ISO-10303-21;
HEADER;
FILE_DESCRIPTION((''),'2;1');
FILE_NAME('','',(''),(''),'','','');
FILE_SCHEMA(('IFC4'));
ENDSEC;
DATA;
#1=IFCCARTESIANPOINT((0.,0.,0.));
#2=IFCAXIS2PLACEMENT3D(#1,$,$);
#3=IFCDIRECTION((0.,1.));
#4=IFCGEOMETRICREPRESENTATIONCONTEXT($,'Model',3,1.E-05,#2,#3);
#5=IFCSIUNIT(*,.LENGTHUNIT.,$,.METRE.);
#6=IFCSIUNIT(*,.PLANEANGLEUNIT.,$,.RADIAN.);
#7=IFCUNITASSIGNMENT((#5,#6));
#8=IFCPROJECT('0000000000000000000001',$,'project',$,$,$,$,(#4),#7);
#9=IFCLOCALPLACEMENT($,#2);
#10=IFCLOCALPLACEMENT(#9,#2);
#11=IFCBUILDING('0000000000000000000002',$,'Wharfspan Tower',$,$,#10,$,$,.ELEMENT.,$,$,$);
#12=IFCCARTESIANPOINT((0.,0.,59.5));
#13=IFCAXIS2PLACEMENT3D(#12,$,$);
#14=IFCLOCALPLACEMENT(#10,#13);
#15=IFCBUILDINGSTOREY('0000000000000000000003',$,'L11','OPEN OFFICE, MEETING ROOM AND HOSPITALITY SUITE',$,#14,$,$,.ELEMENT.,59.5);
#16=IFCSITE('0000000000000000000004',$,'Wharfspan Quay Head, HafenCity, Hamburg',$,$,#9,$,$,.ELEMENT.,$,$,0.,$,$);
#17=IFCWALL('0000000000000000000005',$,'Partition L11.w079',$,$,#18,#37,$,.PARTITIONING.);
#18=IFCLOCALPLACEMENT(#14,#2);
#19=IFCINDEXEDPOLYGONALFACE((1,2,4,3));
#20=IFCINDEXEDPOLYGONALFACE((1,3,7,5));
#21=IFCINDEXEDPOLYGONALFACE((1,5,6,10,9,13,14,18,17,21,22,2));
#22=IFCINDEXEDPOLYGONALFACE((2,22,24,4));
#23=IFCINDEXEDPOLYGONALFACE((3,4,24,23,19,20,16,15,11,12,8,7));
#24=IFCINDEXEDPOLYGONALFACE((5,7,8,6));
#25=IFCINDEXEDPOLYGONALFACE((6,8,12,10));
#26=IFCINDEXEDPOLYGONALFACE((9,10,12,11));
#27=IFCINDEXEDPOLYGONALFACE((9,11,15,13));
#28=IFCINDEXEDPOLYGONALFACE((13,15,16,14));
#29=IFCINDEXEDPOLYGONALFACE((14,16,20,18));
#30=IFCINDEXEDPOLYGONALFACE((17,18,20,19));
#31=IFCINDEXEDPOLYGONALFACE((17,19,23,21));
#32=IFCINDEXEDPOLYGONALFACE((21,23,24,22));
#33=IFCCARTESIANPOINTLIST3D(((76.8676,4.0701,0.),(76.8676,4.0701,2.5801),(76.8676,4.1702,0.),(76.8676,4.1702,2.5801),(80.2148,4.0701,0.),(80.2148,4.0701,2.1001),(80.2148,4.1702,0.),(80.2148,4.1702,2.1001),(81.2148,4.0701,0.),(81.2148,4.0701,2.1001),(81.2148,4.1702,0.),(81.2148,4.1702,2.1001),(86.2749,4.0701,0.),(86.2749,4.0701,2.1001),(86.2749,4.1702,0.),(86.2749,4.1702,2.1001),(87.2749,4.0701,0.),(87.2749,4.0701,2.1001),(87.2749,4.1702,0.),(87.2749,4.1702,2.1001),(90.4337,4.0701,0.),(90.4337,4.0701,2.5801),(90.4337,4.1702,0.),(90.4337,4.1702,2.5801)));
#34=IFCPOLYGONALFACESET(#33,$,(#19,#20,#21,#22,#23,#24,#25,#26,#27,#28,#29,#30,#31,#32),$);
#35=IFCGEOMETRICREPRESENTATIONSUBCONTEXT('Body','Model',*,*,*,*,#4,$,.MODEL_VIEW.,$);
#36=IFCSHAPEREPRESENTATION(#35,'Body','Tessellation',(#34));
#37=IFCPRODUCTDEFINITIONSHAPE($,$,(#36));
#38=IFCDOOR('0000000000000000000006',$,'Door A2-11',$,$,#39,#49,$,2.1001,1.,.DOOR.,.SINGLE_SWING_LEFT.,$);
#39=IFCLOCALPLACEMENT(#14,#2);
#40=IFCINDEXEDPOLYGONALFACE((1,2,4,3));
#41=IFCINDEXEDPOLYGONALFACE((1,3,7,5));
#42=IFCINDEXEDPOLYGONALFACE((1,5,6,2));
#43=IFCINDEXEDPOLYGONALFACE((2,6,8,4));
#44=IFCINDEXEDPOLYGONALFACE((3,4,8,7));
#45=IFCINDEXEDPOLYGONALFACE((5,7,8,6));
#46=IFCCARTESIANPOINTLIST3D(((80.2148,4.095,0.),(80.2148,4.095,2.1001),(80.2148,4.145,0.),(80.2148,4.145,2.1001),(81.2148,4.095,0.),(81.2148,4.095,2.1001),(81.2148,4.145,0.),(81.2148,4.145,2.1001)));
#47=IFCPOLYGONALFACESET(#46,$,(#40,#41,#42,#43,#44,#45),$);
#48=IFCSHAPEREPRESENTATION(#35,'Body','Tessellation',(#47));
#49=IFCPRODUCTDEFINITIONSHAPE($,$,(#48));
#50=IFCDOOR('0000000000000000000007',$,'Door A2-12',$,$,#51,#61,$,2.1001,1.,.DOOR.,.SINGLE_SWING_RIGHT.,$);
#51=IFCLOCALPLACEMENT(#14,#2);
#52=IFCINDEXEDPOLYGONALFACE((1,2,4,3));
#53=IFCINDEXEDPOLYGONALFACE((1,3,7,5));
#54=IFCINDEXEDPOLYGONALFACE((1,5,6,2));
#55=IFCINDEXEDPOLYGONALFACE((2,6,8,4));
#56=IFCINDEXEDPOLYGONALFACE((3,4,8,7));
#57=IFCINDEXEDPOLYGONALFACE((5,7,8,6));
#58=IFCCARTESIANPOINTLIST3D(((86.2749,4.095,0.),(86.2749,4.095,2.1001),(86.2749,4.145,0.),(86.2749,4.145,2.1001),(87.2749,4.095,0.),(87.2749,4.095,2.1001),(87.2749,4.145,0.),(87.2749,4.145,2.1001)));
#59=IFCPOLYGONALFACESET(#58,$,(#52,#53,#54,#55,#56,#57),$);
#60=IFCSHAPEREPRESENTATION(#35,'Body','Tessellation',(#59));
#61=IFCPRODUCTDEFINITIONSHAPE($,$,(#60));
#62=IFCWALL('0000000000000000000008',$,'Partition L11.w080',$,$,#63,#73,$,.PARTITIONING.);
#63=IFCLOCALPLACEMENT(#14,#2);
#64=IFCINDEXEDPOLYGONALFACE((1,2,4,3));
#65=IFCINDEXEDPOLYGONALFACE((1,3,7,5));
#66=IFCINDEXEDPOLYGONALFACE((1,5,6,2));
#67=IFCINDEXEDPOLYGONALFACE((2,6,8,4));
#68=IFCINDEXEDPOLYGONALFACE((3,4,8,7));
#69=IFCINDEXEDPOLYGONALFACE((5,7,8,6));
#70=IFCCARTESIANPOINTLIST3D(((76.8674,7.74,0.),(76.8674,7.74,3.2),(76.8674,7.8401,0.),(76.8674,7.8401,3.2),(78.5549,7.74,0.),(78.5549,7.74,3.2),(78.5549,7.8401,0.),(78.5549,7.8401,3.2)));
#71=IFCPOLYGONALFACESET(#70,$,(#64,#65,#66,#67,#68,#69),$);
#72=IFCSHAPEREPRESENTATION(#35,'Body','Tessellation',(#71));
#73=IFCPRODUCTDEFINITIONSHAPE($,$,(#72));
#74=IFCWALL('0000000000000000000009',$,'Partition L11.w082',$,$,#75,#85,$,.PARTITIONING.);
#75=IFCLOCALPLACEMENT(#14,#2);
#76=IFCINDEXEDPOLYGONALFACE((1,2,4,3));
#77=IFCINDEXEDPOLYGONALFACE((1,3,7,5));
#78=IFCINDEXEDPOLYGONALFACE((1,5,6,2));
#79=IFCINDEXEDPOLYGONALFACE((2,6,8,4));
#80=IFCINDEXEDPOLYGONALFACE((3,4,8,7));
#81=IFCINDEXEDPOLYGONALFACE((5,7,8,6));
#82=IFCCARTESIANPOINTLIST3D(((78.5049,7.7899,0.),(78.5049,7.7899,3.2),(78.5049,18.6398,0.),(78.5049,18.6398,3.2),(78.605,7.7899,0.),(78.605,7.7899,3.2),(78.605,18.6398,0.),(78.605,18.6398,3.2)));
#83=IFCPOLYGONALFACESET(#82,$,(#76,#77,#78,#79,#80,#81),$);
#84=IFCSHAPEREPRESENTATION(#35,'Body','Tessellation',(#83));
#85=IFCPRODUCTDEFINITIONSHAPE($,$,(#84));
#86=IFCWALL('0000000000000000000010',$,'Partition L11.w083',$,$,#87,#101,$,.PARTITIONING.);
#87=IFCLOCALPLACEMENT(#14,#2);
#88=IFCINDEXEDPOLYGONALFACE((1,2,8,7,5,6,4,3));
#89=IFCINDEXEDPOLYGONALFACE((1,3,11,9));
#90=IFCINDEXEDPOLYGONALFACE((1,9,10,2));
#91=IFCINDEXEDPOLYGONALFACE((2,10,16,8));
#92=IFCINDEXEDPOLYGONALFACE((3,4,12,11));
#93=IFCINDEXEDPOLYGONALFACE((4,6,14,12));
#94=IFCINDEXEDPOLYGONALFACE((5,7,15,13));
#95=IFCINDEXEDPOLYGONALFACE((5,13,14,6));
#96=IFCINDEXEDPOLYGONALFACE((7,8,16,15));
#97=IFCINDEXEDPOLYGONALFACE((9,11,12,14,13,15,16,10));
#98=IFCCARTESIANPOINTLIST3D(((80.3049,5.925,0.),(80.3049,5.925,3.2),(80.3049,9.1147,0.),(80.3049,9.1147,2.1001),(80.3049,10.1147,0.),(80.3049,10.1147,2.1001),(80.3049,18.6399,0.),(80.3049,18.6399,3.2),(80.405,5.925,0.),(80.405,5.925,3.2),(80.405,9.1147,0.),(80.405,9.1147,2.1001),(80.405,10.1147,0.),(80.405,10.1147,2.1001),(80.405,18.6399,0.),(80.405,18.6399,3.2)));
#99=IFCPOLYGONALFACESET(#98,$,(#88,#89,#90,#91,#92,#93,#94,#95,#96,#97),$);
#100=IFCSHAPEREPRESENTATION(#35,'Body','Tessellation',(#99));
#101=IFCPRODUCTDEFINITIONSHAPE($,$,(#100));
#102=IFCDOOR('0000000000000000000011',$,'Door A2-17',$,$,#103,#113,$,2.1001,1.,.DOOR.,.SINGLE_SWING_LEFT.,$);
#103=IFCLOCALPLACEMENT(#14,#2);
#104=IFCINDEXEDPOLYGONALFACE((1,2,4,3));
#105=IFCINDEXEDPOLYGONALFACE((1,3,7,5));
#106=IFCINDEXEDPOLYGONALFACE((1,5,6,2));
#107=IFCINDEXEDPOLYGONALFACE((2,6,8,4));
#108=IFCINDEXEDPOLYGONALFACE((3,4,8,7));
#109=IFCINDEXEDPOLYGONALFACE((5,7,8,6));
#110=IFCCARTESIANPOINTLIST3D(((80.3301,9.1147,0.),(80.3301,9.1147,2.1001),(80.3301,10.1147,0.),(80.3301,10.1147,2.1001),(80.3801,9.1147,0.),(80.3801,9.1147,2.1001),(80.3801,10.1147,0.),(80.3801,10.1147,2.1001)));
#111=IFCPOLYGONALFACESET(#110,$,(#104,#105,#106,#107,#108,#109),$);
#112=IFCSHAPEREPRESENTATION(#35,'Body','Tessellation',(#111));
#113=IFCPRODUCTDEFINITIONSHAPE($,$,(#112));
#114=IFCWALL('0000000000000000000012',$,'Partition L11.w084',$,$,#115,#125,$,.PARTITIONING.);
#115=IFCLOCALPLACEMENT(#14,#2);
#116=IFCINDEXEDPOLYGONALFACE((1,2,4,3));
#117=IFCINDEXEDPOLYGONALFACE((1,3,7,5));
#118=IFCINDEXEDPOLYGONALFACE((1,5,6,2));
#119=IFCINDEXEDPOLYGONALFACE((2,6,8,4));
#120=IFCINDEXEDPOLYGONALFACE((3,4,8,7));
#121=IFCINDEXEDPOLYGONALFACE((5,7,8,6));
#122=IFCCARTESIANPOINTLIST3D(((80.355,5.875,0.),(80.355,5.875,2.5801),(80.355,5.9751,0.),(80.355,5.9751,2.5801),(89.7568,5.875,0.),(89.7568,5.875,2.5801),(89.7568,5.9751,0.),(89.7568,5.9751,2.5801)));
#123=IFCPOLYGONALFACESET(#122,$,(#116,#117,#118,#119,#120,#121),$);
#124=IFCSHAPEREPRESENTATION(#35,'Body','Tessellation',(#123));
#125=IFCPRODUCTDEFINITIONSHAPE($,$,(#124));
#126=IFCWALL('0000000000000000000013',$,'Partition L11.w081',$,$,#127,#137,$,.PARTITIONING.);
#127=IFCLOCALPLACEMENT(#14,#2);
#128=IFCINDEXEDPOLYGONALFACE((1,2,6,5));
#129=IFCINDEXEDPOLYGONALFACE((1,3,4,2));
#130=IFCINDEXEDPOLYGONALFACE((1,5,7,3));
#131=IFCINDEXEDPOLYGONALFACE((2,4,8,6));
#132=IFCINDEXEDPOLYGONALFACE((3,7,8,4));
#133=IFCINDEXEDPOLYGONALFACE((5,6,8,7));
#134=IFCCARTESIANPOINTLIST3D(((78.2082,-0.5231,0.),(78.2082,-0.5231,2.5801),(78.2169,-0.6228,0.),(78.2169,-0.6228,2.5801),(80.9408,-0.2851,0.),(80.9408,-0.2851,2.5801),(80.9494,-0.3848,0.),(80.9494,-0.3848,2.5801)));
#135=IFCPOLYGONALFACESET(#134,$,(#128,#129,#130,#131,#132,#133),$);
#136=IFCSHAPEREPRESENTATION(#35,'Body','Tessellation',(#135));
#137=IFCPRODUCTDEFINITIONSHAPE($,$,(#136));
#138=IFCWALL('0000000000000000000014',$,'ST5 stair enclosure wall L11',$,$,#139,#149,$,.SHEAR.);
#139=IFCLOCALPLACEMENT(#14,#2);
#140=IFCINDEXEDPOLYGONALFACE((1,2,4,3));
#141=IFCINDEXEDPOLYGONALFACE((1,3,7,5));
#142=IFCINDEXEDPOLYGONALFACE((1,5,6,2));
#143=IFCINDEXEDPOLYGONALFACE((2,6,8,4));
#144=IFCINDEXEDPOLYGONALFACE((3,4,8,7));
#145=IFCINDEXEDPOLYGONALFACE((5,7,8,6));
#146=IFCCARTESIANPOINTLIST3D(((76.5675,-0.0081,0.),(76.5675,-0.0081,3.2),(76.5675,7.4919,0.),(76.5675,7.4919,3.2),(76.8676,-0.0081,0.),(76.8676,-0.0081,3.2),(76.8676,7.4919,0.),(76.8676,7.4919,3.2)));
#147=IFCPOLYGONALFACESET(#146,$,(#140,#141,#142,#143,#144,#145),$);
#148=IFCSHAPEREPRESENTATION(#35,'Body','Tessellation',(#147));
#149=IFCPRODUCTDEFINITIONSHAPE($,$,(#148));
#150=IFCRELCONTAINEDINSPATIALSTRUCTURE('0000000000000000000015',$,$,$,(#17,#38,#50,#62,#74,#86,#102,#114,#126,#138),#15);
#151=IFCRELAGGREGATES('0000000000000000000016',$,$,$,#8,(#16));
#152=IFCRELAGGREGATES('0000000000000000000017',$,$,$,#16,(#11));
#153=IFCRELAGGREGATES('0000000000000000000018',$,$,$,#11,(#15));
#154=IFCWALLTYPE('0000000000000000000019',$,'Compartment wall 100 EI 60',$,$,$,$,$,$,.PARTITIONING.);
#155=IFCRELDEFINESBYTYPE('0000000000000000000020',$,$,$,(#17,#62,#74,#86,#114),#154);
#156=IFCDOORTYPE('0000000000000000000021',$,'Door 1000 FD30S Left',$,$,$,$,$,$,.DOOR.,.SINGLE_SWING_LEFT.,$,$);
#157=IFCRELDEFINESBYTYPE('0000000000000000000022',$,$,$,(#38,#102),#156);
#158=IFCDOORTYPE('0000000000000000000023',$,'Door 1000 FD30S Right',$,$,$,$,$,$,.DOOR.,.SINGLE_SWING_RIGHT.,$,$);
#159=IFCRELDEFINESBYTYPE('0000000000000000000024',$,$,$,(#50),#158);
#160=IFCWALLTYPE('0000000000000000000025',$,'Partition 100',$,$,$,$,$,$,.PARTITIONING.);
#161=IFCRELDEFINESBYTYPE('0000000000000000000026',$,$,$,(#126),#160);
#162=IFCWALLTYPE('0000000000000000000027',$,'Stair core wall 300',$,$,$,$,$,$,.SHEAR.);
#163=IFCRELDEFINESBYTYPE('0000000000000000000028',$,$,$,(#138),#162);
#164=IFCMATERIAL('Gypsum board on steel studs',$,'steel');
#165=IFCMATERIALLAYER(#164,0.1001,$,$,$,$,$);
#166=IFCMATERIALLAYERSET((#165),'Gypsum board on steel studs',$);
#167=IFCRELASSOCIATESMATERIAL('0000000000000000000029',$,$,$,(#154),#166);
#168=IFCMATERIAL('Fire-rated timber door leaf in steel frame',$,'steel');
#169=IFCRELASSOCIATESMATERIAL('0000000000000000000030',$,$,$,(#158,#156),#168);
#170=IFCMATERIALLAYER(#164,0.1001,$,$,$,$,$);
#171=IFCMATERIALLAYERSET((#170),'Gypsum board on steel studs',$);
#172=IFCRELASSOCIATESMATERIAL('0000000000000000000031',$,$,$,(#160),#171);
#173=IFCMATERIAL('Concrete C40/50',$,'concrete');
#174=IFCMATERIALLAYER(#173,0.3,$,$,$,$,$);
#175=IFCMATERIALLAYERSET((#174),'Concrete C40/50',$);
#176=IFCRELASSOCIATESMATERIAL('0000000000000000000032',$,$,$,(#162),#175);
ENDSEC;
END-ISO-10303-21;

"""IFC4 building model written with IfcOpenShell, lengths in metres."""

from ifc_helpers import new_model, si_unit, direction, frame, frame_2d, origin, place, context, subcontext, project, spatial, rectangle, extrude, material, layer, layer_set, type_object, element, fill, save


model = new_model("IFC4")

# Units and contexts
model_context = context("Model", 3, precision=1e-05, world=origin(), true_north=direction((0.0, 1.0)))
body_context = subcontext(model_context, "Body", "Model", "MODEL_VIEW")
ifc_project = project(units=[si_unit("LENGTHUNIT", "METRE"), si_unit("PLANEANGLEUNIT", "RADIAN")], contexts=[model_context])

# Site, building, storey
site_placement = place(None, origin())
site = spatial("IfcSite", under=ifc_project, at=site_placement, Name="Wharfspan Quay Head, HafenCity, Hamburg", CompositionType="ELEMENT", RefElevation=0.0)
building_placement = place(site_placement, origin())
building = spatial("IfcBuilding", under=site, at=building_placement, Name="Wharfspan Tower", CompositionType="ELEMENT")
storey_placement = place(building_placement, frame((0.0, 0.0, 59.5)))
storey = spatial("IfcBuildingStorey", under=building, at=storey_placement, Name="L11", Description="OPEN OFFICE, MEETING ROOM AND HOSPITALITY SUITE", CompositionType="ELEMENT", Elevation=59.5)

# Shared definitions
ifc_material_1 = material(Name="Gypsum board on steel studs", Category="steel")
ifc_layer_1 = layer(ifc_material_1, 0.1001)
ifc_layer_set_1 = layer_set([ifc_layer_1], Name="Gypsum board on steel studs")
wall_type_1 = type_object("IfcWallType", Name="Compartment wall 100 EI 60", PredefinedType="PARTITIONING", material=ifc_layer_set_1)
ifc_material_2 = material(Name="Fire-rated timber door leaf in steel frame", Category="steel")
door_type_1 = type_object("IfcDoorType", Name="Door 1000 FD30S Right", OperationType="SINGLE_SWING_RIGHT", PredefinedType="DOOR", material=ifc_material_2)

# Wall, openings, doors
wall_1_placement = place(storey_placement, frame((76.8674, 4.1201, 0.0), z_axis=(0.0, 0.0, 1.0), x_axis=(1.0, 0.0, 0.0)))
wall_1 = element("IfcWall", 1, at=wall_1_placement, inside=storey, type_object=wall_type_1, Name="Partition L11.w079", PredefinedType="PARTITIONING", context=body_context, shape_type="SweptSolid", body=[
    extrude(rectangle(XDim=13.5662, YDim=0.1001, at=frame_2d((6.7832, 0.0))), origin(), (0.0, 0.0, 1.0), 2.5801),
])
opening_1_placement = place(wall_1_placement, frame((3.3474, 0.0, 0.0)))
opening_1 = element("IfcOpeningElement", 2, at=opening_1_placement, cuts=wall_1, PredefinedType="OPENING", context=body_context, shape_type="SweptSolid", body=[
    extrude(rectangle(XDim=1.0, YDim=2.1001, at=frame_2d((0.5, 1.05))), frame((0.0, 0.0601, 0.0), z_axis=(0.0, -1.0, 0.0), x_axis=(1.0, 0.0, 0.0)), (0.0, 0.0, 1.0), 0.1201),
])
opening_2_placement = place(wall_1_placement, frame((9.4075, 0.0, 0.0)))
opening_2 = element("IfcOpeningElement", 3, at=opening_2_placement, cuts=wall_1, PredefinedType="OPENING", context=body_context, shape_type="SweptSolid", body=[
    extrude(rectangle(XDim=1.0, YDim=2.1001, at=frame_2d((0.5, 1.05))), frame((0.0, 0.0601, 0.0), z_axis=(0.0, -1.0, 0.0), x_axis=(1.0, 0.0, 0.0)), (0.0, 0.0, 1.0), 0.1201),
])
door_type_2 = type_object("IfcDoorType", Name="Door 1000 FD30S Left", OperationType="SINGLE_SWING_LEFT", PredefinedType="DOOR", material=ifc_material_2)
door_1_placement = place(opening_1_placement, origin())
door_1 = element("IfcDoor", 4, at=door_1_placement, inside=storey, type_object=door_type_2, Name="Door A2-11", OperationType="SINGLE_SWING_LEFT", OverallHeight=2.1001, OverallWidth=1.0, PredefinedType="DOOR", context=body_context, shape_type="SweptSolid", body=[
    extrude(rectangle(XDim=1.0, YDim=2.1001, at=frame_2d((0.5, 1.05))), frame((0.0, 0.0249, 0.0), z_axis=(0.0, -1.0, 0.0), x_axis=(1.0, 0.0, 0.0)), (0.0, 0.0, 1.0), 0.05),
])
fill(opening_1, door_1)
door_2_placement = place(opening_2_placement, origin())
door_2 = element("IfcDoor", 5, at=door_2_placement, inside=storey, type_object=door_type_1, Name="Door A2-12", OperationType="SINGLE_SWING_RIGHT", OverallHeight=2.1001, OverallWidth=1.0, PredefinedType="DOOR", context=body_context, shape_type="SweptSolid", body=[
    extrude(rectangle(XDim=1.0, YDim=2.1001, at=frame_2d((0.5, 1.05))), frame((0.0, 0.0249, 0.0), z_axis=(0.0, -1.0, 0.0), x_axis=(1.0, 0.0, 0.0)), (0.0, 0.0, 1.0), 0.05),
])
fill(opening_2, door_2)

# Walls
wall_2_placement = place(storey_placement, frame((76.8674, 7.79, 0.0), z_axis=(0.0, 0.0, 1.0), x_axis=(1.0, 0.0, 0.0)))
element("IfcWall", 6, at=wall_2_placement, inside=storey, type_object=wall_type_1, Name="Partition L11.w080", PredefinedType="PARTITIONING", context=body_context, shape_type="SweptSolid", body=[
    extrude(rectangle(XDim=1.6875, YDim=0.1001, at=frame_2d((0.8438, 0.0))), origin(), (0.0, 0.0, 1.0), 3.2),
])
wall_3_placement = place(storey_placement, frame((78.5549, 7.79, 0.0), z_axis=(0.0, 0.0, 1.0), x_axis=(0.0, 1.0, 0.0)))
element("IfcWall", 7, at=wall_3_placement, inside=storey, type_object=wall_type_1, Name="Partition L11.w082", PredefinedType="PARTITIONING", context=body_context, shape_type="SweptSolid", body=[
    extrude(rectangle(XDim=10.8499, YDim=0.1001, at=frame_2d((5.4248, 0.0))), origin(), (0.0, 0.0, 1.0), 3.2),
])

# Wall, opening, door
wall_4_placement = place(storey_placement, frame((80.355, 5.925, 0.0), z_axis=(0.0, 0.0, 1.0), x_axis=(0.0, 1.0, 0.0)))
wall_4 = element("IfcWall", 8, at=wall_4_placement, inside=storey, type_object=wall_type_1, Name="Partition L11.w083", PredefinedType="PARTITIONING", context=body_context, shape_type="SweptSolid", body=[
    extrude(rectangle(XDim=12.7148, YDim=0.1001, at=frame_2d((6.3574, 0.0))), origin(), (0.0, 0.0, 1.0), 3.2),
])
opening_3_placement = place(wall_4_placement, frame((3.1897, 0.0, 0.0)))
opening_3 = element("IfcOpeningElement", 9, at=opening_3_placement, cuts=wall_4, PredefinedType="OPENING", context=body_context, shape_type="SweptSolid", body=[
    extrude(rectangle(XDim=1.0, YDim=2.1001, at=frame_2d((0.5, 1.05))), frame((0.0, 0.0601, 0.0), z_axis=(0.0, -1.0, 0.0), x_axis=(1.0, 0.0, 0.0)), (0.0, 0.0, 1.0), 0.1201),
])
door_3_placement = place(opening_3_placement, origin())
door_3 = element("IfcDoor", 10, at=door_3_placement, inside=storey, type_object=door_type_2, Name="Door A2-17", OperationType="SINGLE_SWING_LEFT", OverallHeight=2.1001, OverallWidth=1.0, PredefinedType="DOOR", context=body_context, shape_type="SweptSolid", body=[
    extrude(rectangle(XDim=1.0, YDim=2.1001, at=frame_2d((0.5, 1.05))), frame((0.0, 0.0249, 0.0), z_axis=(0.0, -1.0, 0.0), x_axis=(1.0, 0.0, 0.0)), (0.0, 0.0, 1.0), 0.05),
])
fill(opening_3, door_3)

# Walls
wall_5_placement = place(storey_placement, frame((80.355, 5.925, 0.0), z_axis=(0.0, 0.0, 1.0), x_axis=(1.0, 0.0, 0.0)))
element("IfcWall", 11, at=wall_5_placement, inside=storey, type_object=wall_type_1, Name="Partition L11.w084", PredefinedType="PARTITIONING", context=body_context, shape_type="SweptSolid", body=[
    extrude(rectangle(XDim=9.4019, YDim=0.1001, at=frame_2d((4.7009, 0.0))), origin(), (0.0, 0.0, 1.0), 2.5801),
])
ifc_layer_2 = layer(ifc_material_1, 0.1001)
ifc_layer_set_2 = layer_set([ifc_layer_2], Name="Gypsum board on steel studs")
wall_type_2 = type_object("IfcWallType", Name="Partition 100", PredefinedType="PARTITIONING", material=ifc_layer_set_2)
wall_6_placement = place(storey_placement, frame((78.2124, -0.573, 0.0), z_axis=(0.0, 0.0, 1.0), x_axis=(0.996224, 0.086779, 0.0)))
element("IfcWall", 12, at=wall_6_placement, inside=storey, type_object=wall_type_2, Name="Partition L11.w081", PredefinedType="PARTITIONING", context=body_context, shape_type="SweptSolid", body=[
    extrude(rectangle(XDim=2.7429, YDim=0.1001, at=frame_2d((1.3716, 0.0))), origin(), (0.0, 0.0, 1.0), 2.5801),
])
ifc_material_3 = material(Name="Concrete C40/50", Category="concrete")
ifc_layer_3 = layer(ifc_material_3, 0.3)
ifc_layer_set_3 = layer_set([ifc_layer_3], Name="Concrete C40/50")
wall_type_3 = type_object("IfcWallType", Name="Stair core wall 300", PredefinedType="SHEAR", material=ifc_layer_set_3)
wall_7_placement = place(storey_placement, frame((76.7175, -0.0081, 0.0), z_axis=(0.0, 0.0, 1.0), x_axis=(0.0, 1.0, 0.0)))
element("IfcWall", 13, at=wall_7_placement, inside=storey, type_object=wall_type_3, Name="ST5 stair enclosure wall L11", PredefinedType="SHEAR", context=body_context, shape_type="SweptSolid", body=[
    extrude(rectangle(XDim=7.5, YDim=0.3, at=frame_2d((3.75, 0.0))), origin(), (0.0, 0.0, 1.0), 3.2),
])

save(model, "model.ifc")
